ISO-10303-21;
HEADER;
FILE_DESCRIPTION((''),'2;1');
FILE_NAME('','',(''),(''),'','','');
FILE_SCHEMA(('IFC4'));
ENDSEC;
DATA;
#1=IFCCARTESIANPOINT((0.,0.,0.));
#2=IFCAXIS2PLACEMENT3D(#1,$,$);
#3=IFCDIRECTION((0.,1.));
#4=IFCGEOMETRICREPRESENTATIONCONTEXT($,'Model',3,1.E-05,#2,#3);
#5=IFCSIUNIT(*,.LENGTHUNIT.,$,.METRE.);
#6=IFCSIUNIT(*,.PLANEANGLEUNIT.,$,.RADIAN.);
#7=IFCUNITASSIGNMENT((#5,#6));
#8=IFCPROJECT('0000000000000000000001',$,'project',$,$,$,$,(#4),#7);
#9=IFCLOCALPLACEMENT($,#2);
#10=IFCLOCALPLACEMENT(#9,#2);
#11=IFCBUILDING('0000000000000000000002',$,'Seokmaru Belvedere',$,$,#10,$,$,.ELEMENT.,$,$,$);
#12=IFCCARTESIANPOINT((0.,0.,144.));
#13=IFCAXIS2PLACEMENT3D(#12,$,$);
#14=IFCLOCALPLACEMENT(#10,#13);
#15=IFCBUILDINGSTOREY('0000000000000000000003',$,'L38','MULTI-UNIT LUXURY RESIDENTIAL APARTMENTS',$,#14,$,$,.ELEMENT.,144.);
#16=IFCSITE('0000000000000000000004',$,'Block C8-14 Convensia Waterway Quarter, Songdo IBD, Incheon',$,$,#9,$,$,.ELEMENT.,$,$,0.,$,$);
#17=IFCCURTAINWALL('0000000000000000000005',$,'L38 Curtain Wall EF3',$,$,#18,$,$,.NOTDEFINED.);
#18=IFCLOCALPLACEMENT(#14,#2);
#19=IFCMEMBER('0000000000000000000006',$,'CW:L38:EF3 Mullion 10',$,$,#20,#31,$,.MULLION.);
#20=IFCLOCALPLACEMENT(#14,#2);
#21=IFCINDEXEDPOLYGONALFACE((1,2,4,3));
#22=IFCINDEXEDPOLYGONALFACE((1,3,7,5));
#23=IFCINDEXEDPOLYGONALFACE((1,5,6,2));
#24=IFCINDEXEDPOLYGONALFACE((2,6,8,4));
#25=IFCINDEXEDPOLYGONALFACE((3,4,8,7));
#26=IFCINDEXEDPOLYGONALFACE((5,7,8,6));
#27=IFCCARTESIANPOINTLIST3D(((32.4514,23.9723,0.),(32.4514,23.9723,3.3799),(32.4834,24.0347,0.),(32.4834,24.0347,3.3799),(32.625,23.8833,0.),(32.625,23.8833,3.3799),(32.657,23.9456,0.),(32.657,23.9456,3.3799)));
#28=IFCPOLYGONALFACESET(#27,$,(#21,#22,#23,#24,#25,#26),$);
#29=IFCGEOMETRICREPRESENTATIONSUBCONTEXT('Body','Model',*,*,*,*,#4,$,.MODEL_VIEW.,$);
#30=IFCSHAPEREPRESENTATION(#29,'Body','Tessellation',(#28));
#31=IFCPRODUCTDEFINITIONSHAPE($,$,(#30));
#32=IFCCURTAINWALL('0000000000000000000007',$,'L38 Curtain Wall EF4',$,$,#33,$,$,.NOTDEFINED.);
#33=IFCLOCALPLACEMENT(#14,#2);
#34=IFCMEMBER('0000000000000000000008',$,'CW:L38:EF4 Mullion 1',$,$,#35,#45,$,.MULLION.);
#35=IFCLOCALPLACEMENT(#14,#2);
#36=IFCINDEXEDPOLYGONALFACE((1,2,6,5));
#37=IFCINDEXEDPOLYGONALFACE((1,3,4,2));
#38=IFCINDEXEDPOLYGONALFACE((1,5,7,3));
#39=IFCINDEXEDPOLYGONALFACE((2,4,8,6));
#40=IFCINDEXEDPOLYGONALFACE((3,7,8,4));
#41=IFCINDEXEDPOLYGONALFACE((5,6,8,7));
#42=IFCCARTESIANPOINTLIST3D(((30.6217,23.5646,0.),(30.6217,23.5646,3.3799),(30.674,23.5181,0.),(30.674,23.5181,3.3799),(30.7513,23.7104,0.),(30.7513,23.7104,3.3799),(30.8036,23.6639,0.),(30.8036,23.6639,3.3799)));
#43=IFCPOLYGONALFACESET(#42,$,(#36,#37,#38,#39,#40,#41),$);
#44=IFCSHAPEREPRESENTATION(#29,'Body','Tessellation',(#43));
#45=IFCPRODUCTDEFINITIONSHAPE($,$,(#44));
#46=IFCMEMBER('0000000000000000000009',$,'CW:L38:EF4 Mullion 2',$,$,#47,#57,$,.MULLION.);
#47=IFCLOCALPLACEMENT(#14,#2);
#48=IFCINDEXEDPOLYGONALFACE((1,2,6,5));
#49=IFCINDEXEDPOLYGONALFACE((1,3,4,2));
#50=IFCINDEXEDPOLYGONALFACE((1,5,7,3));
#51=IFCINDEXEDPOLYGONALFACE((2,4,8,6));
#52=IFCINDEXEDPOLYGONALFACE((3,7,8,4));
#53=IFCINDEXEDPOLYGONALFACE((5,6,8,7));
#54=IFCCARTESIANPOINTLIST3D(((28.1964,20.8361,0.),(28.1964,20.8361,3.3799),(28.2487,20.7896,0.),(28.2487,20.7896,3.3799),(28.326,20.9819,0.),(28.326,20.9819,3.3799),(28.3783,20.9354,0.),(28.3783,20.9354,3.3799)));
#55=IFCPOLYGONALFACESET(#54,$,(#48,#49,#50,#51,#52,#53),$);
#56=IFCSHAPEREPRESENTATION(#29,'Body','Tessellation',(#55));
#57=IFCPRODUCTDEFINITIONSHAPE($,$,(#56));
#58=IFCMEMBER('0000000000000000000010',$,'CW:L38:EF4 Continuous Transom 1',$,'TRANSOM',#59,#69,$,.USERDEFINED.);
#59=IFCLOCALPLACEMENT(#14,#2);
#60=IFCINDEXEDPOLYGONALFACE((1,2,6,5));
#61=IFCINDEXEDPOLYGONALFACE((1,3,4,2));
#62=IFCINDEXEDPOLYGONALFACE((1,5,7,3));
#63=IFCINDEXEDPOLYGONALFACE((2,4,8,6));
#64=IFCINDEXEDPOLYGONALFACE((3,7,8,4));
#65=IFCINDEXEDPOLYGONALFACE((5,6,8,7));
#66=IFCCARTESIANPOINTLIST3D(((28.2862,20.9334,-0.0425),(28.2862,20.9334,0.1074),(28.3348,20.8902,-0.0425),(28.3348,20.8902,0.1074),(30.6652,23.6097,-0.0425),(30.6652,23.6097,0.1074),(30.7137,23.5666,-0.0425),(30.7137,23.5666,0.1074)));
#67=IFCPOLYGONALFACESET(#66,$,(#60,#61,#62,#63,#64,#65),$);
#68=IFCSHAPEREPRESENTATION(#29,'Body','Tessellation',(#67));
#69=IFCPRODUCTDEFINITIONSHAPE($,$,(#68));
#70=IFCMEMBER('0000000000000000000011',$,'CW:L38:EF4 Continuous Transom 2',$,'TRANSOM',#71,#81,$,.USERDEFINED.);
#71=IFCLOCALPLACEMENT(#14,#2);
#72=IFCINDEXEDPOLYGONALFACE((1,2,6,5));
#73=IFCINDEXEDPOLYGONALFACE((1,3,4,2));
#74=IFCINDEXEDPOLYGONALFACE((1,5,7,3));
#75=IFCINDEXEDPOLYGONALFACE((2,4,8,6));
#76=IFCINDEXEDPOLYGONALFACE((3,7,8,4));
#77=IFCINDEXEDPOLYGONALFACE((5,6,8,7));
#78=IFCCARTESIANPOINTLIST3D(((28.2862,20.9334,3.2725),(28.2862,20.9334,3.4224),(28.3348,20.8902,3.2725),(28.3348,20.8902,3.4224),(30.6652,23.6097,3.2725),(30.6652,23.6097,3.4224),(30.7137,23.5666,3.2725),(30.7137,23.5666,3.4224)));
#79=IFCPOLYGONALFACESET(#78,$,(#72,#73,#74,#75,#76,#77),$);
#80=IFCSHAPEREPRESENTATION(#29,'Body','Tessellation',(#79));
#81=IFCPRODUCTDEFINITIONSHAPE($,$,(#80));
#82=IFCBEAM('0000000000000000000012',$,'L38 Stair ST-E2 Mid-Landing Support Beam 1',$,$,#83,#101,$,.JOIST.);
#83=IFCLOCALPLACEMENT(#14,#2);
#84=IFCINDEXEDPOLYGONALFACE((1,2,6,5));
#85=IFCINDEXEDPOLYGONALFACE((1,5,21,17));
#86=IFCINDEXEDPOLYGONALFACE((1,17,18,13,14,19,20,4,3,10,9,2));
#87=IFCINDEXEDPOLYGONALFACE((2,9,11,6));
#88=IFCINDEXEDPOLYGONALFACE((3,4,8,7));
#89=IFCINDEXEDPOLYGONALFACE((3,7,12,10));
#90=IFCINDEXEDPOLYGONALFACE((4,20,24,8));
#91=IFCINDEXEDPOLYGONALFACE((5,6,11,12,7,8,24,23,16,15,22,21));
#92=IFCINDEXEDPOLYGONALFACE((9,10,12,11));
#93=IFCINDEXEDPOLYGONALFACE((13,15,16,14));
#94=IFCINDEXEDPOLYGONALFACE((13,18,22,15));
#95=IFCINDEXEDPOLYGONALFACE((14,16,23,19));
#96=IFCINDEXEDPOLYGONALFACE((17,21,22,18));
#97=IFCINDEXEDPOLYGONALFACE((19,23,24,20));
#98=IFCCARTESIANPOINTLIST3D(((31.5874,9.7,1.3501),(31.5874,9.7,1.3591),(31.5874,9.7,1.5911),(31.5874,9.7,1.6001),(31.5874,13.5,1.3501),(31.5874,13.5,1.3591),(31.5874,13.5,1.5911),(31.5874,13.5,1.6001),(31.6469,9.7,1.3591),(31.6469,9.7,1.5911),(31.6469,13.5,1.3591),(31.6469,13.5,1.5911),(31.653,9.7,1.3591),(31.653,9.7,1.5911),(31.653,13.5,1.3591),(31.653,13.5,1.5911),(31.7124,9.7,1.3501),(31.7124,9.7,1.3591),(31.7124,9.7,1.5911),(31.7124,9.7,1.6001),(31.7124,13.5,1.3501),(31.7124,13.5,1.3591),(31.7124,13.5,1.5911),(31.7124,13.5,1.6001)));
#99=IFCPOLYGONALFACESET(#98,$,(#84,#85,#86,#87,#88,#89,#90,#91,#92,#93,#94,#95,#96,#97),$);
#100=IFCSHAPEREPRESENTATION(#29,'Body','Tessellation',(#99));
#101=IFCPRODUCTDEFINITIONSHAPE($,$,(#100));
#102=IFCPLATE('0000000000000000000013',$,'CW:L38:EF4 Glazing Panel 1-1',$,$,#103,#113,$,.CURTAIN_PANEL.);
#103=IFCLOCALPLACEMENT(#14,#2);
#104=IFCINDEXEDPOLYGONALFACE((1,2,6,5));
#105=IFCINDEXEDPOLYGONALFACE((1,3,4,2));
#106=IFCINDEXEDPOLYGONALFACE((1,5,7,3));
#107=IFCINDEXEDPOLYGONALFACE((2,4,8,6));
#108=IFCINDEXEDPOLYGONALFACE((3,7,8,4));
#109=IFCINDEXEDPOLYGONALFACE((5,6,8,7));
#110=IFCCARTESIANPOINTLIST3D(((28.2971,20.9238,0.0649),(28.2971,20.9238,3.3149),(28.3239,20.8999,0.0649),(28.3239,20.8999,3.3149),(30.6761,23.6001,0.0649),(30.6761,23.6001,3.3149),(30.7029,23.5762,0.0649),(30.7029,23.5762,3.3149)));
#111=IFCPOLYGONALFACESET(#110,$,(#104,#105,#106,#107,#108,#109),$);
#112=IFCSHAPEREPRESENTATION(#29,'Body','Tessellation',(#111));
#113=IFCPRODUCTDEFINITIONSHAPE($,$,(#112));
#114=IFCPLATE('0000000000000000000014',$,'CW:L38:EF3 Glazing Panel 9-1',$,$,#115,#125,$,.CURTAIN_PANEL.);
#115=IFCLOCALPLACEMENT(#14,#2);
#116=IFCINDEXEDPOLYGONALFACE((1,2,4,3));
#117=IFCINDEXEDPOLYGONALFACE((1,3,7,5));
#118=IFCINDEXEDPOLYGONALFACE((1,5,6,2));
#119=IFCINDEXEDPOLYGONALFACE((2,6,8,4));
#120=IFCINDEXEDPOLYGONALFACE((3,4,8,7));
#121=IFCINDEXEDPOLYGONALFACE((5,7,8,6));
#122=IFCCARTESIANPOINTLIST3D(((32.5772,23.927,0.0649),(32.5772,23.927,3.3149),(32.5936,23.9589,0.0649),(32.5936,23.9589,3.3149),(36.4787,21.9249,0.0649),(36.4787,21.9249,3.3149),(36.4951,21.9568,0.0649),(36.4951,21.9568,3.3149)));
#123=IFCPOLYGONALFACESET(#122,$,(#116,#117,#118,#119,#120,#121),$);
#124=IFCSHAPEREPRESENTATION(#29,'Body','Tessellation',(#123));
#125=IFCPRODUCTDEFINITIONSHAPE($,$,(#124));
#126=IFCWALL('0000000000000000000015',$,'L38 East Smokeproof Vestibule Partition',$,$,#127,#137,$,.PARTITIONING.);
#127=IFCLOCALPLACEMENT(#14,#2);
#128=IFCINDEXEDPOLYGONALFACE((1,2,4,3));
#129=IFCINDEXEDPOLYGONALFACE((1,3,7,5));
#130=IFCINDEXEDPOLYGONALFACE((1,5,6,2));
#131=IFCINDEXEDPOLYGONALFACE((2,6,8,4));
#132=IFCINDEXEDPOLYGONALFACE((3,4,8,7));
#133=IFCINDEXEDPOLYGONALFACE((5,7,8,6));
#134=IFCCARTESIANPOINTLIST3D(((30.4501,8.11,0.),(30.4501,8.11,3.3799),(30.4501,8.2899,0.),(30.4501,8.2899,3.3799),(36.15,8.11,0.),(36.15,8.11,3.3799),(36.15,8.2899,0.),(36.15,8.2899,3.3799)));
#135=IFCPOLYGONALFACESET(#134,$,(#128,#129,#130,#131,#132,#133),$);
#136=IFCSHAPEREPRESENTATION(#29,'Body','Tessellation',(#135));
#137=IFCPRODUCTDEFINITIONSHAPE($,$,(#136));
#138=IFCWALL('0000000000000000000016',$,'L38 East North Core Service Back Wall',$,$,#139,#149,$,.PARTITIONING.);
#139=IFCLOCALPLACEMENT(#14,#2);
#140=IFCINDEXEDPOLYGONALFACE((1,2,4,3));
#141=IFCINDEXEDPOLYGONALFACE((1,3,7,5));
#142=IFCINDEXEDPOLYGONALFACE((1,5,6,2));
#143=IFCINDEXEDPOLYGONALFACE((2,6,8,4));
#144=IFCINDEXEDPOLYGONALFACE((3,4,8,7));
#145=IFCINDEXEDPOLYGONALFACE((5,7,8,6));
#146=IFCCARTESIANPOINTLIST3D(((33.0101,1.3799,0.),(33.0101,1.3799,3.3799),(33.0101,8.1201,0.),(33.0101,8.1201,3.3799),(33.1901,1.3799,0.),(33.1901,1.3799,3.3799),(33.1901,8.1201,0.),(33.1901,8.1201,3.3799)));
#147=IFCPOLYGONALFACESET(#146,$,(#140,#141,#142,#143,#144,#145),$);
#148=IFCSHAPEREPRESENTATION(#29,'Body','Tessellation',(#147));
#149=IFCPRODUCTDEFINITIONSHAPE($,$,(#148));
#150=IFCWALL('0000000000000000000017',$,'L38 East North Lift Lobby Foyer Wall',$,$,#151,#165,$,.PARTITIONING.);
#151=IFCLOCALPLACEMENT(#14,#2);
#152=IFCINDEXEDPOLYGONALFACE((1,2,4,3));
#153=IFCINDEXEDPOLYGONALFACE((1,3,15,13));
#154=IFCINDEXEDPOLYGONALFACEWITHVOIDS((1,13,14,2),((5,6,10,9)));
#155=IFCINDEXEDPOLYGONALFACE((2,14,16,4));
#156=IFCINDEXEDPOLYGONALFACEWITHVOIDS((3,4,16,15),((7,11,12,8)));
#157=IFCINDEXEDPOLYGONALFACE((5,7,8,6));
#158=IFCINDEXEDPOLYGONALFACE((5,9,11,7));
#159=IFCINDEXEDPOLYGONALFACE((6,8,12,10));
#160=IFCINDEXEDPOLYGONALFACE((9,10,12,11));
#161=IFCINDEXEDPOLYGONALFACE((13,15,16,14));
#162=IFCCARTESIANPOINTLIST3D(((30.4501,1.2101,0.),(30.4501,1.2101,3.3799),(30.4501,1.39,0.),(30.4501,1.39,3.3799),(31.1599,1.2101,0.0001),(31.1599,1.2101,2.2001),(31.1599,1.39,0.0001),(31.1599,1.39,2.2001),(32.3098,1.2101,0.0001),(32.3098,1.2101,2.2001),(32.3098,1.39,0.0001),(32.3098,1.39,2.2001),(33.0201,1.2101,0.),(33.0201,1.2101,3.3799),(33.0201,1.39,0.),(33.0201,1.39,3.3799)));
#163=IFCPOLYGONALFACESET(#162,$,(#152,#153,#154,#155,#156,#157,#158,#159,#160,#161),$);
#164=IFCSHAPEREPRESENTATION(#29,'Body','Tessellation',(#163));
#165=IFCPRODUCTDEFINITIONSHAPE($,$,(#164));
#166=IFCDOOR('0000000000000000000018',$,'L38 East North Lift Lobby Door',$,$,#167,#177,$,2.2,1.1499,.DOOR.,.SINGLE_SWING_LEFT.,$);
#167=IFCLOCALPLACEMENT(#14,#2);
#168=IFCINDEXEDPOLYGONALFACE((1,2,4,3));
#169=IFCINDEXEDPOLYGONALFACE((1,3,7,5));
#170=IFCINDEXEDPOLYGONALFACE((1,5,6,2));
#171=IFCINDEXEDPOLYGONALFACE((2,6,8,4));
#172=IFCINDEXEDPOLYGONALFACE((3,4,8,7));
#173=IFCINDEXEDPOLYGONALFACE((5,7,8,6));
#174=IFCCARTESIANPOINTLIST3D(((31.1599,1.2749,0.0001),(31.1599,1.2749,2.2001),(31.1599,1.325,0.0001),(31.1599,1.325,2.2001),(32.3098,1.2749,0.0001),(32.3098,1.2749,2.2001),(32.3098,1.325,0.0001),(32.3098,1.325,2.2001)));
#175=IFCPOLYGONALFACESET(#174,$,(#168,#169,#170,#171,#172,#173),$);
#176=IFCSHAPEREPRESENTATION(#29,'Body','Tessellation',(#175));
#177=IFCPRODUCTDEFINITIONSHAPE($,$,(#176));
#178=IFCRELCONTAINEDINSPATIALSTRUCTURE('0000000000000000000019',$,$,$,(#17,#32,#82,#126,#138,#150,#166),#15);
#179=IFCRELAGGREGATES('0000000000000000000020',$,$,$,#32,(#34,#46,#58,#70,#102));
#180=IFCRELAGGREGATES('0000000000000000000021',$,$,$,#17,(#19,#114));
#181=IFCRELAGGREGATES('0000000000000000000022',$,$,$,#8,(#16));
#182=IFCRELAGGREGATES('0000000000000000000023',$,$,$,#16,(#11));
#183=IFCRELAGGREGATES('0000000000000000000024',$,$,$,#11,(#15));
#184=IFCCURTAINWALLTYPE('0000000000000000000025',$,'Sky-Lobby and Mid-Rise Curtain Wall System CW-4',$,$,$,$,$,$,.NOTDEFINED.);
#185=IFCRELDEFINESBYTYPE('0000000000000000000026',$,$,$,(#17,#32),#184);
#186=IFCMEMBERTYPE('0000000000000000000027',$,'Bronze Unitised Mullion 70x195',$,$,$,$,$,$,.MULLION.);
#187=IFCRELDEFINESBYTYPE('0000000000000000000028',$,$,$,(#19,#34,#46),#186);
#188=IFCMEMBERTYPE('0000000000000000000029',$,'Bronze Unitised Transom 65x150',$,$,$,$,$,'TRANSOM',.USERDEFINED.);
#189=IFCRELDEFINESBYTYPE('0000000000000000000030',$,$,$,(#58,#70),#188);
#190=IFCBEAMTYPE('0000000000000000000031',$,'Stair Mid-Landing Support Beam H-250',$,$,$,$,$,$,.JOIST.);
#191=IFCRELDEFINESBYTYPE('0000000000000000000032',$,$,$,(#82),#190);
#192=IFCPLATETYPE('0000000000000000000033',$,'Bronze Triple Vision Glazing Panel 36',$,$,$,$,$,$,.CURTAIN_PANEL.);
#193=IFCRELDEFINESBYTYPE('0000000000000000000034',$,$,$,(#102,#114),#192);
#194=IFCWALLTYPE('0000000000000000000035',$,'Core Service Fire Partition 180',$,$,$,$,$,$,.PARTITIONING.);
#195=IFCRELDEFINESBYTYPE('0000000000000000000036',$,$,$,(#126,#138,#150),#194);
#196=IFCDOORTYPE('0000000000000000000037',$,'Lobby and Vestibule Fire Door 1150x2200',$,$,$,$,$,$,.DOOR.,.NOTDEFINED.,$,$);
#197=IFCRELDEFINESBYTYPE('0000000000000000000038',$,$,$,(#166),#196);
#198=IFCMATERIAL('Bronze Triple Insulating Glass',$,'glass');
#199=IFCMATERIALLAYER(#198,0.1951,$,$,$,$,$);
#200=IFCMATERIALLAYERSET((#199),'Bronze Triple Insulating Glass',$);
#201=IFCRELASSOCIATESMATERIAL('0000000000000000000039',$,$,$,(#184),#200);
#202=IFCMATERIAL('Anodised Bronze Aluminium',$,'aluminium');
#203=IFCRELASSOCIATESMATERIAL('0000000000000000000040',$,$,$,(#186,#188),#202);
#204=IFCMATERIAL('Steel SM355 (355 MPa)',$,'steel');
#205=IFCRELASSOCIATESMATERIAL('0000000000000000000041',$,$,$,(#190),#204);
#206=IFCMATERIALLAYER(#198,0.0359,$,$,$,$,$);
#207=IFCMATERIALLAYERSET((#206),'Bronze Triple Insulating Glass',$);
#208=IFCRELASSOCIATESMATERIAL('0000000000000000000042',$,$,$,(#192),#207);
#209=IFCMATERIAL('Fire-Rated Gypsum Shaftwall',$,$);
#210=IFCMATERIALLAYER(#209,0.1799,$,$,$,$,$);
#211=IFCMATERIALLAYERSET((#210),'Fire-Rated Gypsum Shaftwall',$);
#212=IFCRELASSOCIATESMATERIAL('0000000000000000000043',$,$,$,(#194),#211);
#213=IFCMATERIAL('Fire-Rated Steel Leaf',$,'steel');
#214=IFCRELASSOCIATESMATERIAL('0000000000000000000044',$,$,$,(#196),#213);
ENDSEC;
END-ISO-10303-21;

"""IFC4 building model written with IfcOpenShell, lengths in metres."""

from ifc_helpers import new_model, si_unit, direction, frame, frame_2d, origin, origin_2d, place, context, subcontext, project, spatial, rectangle, i_section, extrude, source, transform, mapped, material, layer, layer_set, material_profile, profile_set, type_object, type_shapes, element, fill, aggregate, save


model = new_model("IFC4")

# Units and contexts
model_context = context("Model", 3, precision=1e-05, world=origin(), true_north=direction((0.0, 1.0)))
body_context = subcontext(model_context, "Body", "Model", "MODEL_VIEW")
ifc_project = project(units=[si_unit("LENGTHUNIT", "METRE"), si_unit("PLANEANGLEUNIT", "RADIAN")], contexts=[model_context])

# Site, building, storey
site_placement = place(None, origin())
site = spatial("IfcSite", under=ifc_project, at=site_placement, Name="Block C8-14 Convensia Waterway Quarter, Songdo IBD, Incheon", CompositionType="ELEMENT", RefElevation=0.0)
building_placement = place(site_placement, origin())
building = spatial("IfcBuilding", under=site, at=building_placement, Name="Seokmaru Belvedere", CompositionType="ELEMENT")
storey_placement = place(building_placement, frame((0.0, 0.0, 144.0)))
storey = spatial("IfcBuildingStorey", under=building, at=storey_placement, Name="L38", Description="MULTI-UNIT LUXURY RESIDENTIAL APARTMENTS", CompositionType="ELEMENT", Elevation=144.0)

# Shared definitions
ifc_material_1 = material(Name="Steel SM355 (355 MPa)", Category="steel")

# Curtain wall, member
ifc_material_2 = material(Name="Bronze Triple Insulating Glass", Category="glass")
ifc_layer_1 = layer(ifc_material_2, 0.1951)
ifc_layer_set_1 = layer_set([ifc_layer_1], Name="Bronze Triple Insulating Glass")
curtain_wall_type = type_object("IfcCurtainWallType", Name="Sky-Lobby and Mid-Rise Curtain Wall System CW-4", PredefinedType="NOTDEFINED", material=ifc_layer_set_1)
curtain_wall_1_placement = place(storey_placement, origin())
curtain_wall_1 = element("IfcCurtainWall", 1, at=curtain_wall_1_placement, inside=storey, type_object=curtain_wall_type, Name="L38 Curtain Wall EF3", PredefinedType="NOTDEFINED")
ifc_material_3 = material(Name="Anodised Bronze Aluminium", Category="aluminium")
ifc_material_profile_1 = material_profile(ifc_material_3, rectangle(XDim=0.0701, YDim=0.1951, at=origin_2d()), Name="CW-M-70x195")
ifc_profile_set_1 = profile_set([ifc_material_profile_1], Name="Anodised Bronze Aluminium")
member_type_1 = type_object("IfcMemberType", Name="Bronze Unitised Mullion 70x195", PredefinedType="MULLION", material=ifc_profile_set_1)
shared_shape_1 = source(origin(), body_context, "Body", "SweptSolid", [
    extrude(rectangle(XDim=0.0701, YDim=0.1951, at=origin_2d()), origin(), (0.0, 0.0, 1.0), 3.3799),
])
type_shapes(member_type_1, [shared_shape_1])
member_1_placement = place(storey_placement, frame((32.5542, 23.959, 0.0), z_axis=(0.0, 0.0, 1.0), x_axis=(-0.456555, -0.889695, 0.0)))
member_1 = element("IfcMember", 2, at=member_1_placement, type_object=member_type_1, Name="CW:L38:EF3 Mullion 10", PredefinedType="MULLION", context=body_context, shape_type="MappedRepresentation", body=[
    mapped(shared_shape_1, transform((0.0, 0.0, 0.0), scale=1.0)),
])

# Curtain wall, members
curtain_wall_2_placement = place(storey_placement, origin())
curtain_wall_2 = element("IfcCurtainWall", 3, at=curtain_wall_2_placement, inside=storey, type_object=curtain_wall_type, Name="L38 Curtain Wall EF4", PredefinedType="NOTDEFINED")
member_2_placement = place(storey_placement, frame((30.7126, 23.6143, 0.0), z_axis=(0.0, 0.0, 1.0), x_axis=(0.74741, -0.664363, 0.0)))
member_2 = element("IfcMember", 4, at=member_2_placement, type_object=member_type_1, Name="CW:L38:EF4 Mullion 1", PredefinedType="MULLION", context=body_context, shape_type="MappedRepresentation", body=[
    mapped(shared_shape_1, transform((0.0, 0.0, 0.0), scale=1.0)),
])
member_3_placement = place(storey_placement, frame((28.2874, 20.8857, 0.0), z_axis=(0.0, 0.0, 1.0), x_axis=(0.74741, -0.664363, 0.0)))
member_3 = element("IfcMember", 5, at=member_3_placement, type_object=member_type_1, Name="CW:L38:EF4 Mullion 2", PredefinedType="MULLION", context=body_context, shape_type="MappedRepresentation", body=[
    mapped(shared_shape_1, transform((0.0, 0.0, 0.0), scale=1.0)),
])
ifc_material_profile_2 = material_profile(ifc_material_3, rectangle(XDim=0.0649, YDim=0.1499, at=origin_2d()), Name="CW-T-65x150")
ifc_profile_set_2 = profile_set([ifc_material_profile_2], Name="Anodised Bronze Aluminium")
member_type_2 = type_object("IfcMemberType", Name="Bronze Unitised Transom 65x150", ElementType="TRANSOM", PredefinedType="USERDEFINED", material=ifc_profile_set_2)
shared_shape_2 = source(origin(), body_context, "Body", "SweptSolid", [
    extrude(rectangle(XDim=0.0649, YDim=0.1499, at=origin_2d()), origin(), (0.0, 0.0, 1.0), 3.5808),
])
type_shapes(member_type_2, [shared_shape_2])
member_4_placement = place(storey_placement, frame((30.6895, 23.5881, 0.0325), z_axis=(-0.664364, -0.747409, 0.0), x_axis=(0.747409, -0.664364, 0.0)))
member_4 = element("IfcMember", 6, at=member_4_placement, type_object=member_type_2, Name="CW:L38:EF4 Continuous Transom 1", ObjectType="TRANSOM", PredefinedType="USERDEFINED", context=body_context, shape_type="MappedRepresentation", body=[
    mapped(shared_shape_2, transform((0.0, 0.0, 0.0), scale=1.0)),
])
member_5_placement = place(storey_placement, frame((30.6895, 23.5881, 3.3474), z_axis=(-0.664364, -0.747409, 0.0), x_axis=(0.747409, -0.664364, 0.0)))
member_5 = element("IfcMember", 7, at=member_5_placement, type_object=member_type_2, Name="CW:L38:EF4 Continuous Transom 2", ObjectType="TRANSOM", PredefinedType="USERDEFINED", context=body_context, shape_type="MappedRepresentation", body=[
    mapped(shared_shape_2, transform((0.0, 0.0, 0.0), scale=1.0)),
])

# Beam
ifc_material_profile_3 = material_profile(ifc_material_1, i_section(OverallWidth=0.125, OverallDepth=0.25, WebThickness=0.0061, FlangeThickness=0.009, at=origin_2d()), Name="H-250x125x6x9")
ifc_profile_set_3 = profile_set([ifc_material_profile_3], Name="Steel SM355 (355 MPa)")
beam_type_1 = type_object("IfcBeamType", Name="Stair Mid-Landing Support Beam H-250", PredefinedType="JOIST", material=ifc_profile_set_3)
shared_shape_3 = source(origin(), body_context, "Body", "SweptSolid", [
    extrude(i_section(OverallWidth=0.125, OverallDepth=0.25, WebThickness=0.0061, FlangeThickness=0.009, at=origin_2d()), origin(), (0.0, 0.0, 1.0), 3.8),
])
type_shapes(beam_type_1, [shared_shape_3])
beam_1_placement = place(storey_placement, frame((31.6499, 9.7, 1.4751), z_axis=(0.0, 1.0, 0.0), x_axis=(-1.0, 0.0, 0.0)))
element("IfcBeam", 8, at=beam_1_placement, inside=storey, type_object=beam_type_1, Name="L38 Stair ST-E2 Mid-Landing Support Beam 1", PredefinedType="JOIST", context=body_context, shape_type="MappedRepresentation", body=[
    mapped(shared_shape_3, transform((0.0, 0.0, 0.0), scale=1.0)),
])

# Plates
ifc_layer_2 = layer(ifc_material_2, 0.0359)
ifc_layer_set_2 = layer_set([ifc_layer_2], Name="Bronze Triple Insulating Glass")
plate_type = type_object("IfcPlateType", Name="Bronze Triple Vision Glazing Panel 36", PredefinedType="CURTAIN_PANEL", material=ifc_layer_set_2)
shared_shape_4 = source(origin(), body_context, "Body", "SweptSolid", [
    extrude(rectangle(XDim=3.5808, YDim=0.0359, at=origin_2d()), origin(), (0.0, 0.0, 1.0), 3.25),
])
plate_1_placement = place(storey_placement, frame((29.5, 22.25, 0.0649), z_axis=(0.0, 0.0, 1.0), x_axis=(-0.664363, -0.74741, 0.0)))
plate_1 = element("IfcPlate", 9, at=plate_1_placement, type_object=plate_type, Name="CW:L38:EF4 Glazing Panel 1-1", PredefinedType="CURTAIN_PANEL", context=body_context, shape_type="MappedRepresentation", body=[
    mapped(shared_shape_4, transform((0.0, 0.0, 0.0), scale=1.0)),
])
aggregate(curtain_wall_2, [member_2, member_3, member_4, member_5, plate_1])
shared_shape_5 = source(origin(), body_context, "Body", "SweptSolid", [
    extrude(rectangle(XDim=4.3853, YDim=0.0359, at=origin_2d()), origin(), (0.0, 0.0, 1.0), 3.25),
])
type_shapes(plate_type, [shared_shape_4, shared_shape_5])
plate_2_placement = place(storey_placement, frame((34.5361, 22.9419, 0.0649), z_axis=(0.0, 0.0, 1.0), x_axis=(-0.889695, 0.456555, 0.0)))
plate_2 = element("IfcPlate", 10, at=plate_2_placement, type_object=plate_type, Name="CW:L38:EF3 Glazing Panel 9-1", PredefinedType="CURTAIN_PANEL", context=body_context, shape_type="MappedRepresentation", body=[
    mapped(shared_shape_5, transform((0.0, 0.0, 0.0), scale=1.0)),
])
aggregate(curtain_wall_1, [member_1, plate_2])

# Walls
ifc_material_4 = material(Name="Fire-Rated Gypsum Shaftwall")
ifc_layer_3 = layer(ifc_material_4, 0.1799)
ifc_layer_set_3 = layer_set([ifc_layer_3], Name="Fire-Rated Gypsum Shaftwall")
wall_type_1 = type_object("IfcWallType", Name="Core Service Fire Partition 180", PredefinedType="PARTITIONING", material=ifc_layer_set_3)
wall_1_placement = place(storey_placement, frame((30.45, 8.2, 0.0), z_axis=(0.0, 0.0, 1.0), x_axis=(1.0, 0.0, 0.0)))
element("IfcWall", 11, at=wall_1_placement, inside=storey, type_object=wall_type_1, Name="L38 East Smokeproof Vestibule Partition", PredefinedType="PARTITIONING", context=body_context, shape_type="SweptSolid", body=[
    extrude(rectangle(XDim=5.7, YDim=0.1799, at=frame_2d((2.8501, 0.0))), origin(), (0.0, 0.0, 1.0), 3.3799),
])
wall_2_placement = place(storey_placement, frame((33.1001, 1.3799, 0.0), z_axis=(0.0, 0.0, 1.0), x_axis=(0.0, 1.0, 0.0)))
element("IfcWall", 12, at=wall_2_placement, inside=storey, type_object=wall_type_1, Name="L38 East North Core Service Back Wall", PredefinedType="PARTITIONING", context=body_context, shape_type="SweptSolid", body=[
    extrude(rectangle(XDim=6.7402, YDim=0.1799, at=frame_2d((3.3701, 0.0))), origin(), (0.0, 0.0, 1.0), 3.3799),
])

# Wall, opening, door
wall_3_placement = place(storey_placement, frame((30.45, 1.3, 0.0), z_axis=(0.0, 0.0, 1.0), x_axis=(1.0, 0.0, 0.0)))
wall_3 = element("IfcWall", 13, at=wall_3_placement, inside=storey, type_object=wall_type_1, Name="L38 East North Lift Lobby Foyer Wall", PredefinedType="PARTITIONING", context=body_context, shape_type="SweptSolid", body=[
    extrude(rectangle(XDim=2.5701, YDim=0.1799, at=frame_2d((1.2852, 0.0))), origin(), (0.0, 0.0, 1.0), 3.3799),
])
opening_1_placement = place(wall_3_placement, frame((0.71, 0.0, 0.0)))
opening_1 = element("IfcOpeningElement", 14, at=opening_1_placement, cuts=wall_3, PredefinedType="OPENING", context=body_context, shape_type="SweptSolid", body=[
    extrude(rectangle(XDim=1.1499, YDim=2.2, at=frame_2d((0.575, 1.1001))), frame((0.0, 0.1001, 0.0), z_axis=(0.0, -1.0, 0.0), x_axis=(1.0, 0.0, 0.0)), (0.0, 0.0, 1.0), 0.2),
])
ifc_material_5 = material(Name="Fire-Rated Steel Leaf", Category="steel")
door_type_1 = type_object("IfcDoorType", Name="Lobby and Vestibule Fire Door 1150x2200", OperationType="NOTDEFINED", PredefinedType="DOOR", material=ifc_material_5)
shared_shape_6 = source(origin(), body_context, "Body", "SweptSolid", [
    extrude(rectangle(XDim=1.1499, YDim=2.2, at=frame_2d((0.575, 1.1001))), frame((0.0, 0.0249, 0.0), z_axis=(0.0, -1.0, 0.0), x_axis=(1.0, 0.0, 0.0)), (0.0, 0.0, 1.0), 0.05),
])
type_shapes(door_type_1, [shared_shape_6])
door_1_placement = place(opening_1_placement, origin())
door_1 = element("IfcDoor", 15, at=door_1_placement, inside=storey, type_object=door_type_1, Name="L38 East North Lift Lobby Door", OperationType="SINGLE_SWING_LEFT", OverallHeight=2.2, OverallWidth=1.1499, PredefinedType="DOOR", context=body_context, shape_type="MappedRepresentation", body=[
    mapped(shared_shape_6, transform((0.0, 0.0, 0.0), scale=1.0)),
])
fill(opening_1, door_1)

save(model, "model.ifc")
